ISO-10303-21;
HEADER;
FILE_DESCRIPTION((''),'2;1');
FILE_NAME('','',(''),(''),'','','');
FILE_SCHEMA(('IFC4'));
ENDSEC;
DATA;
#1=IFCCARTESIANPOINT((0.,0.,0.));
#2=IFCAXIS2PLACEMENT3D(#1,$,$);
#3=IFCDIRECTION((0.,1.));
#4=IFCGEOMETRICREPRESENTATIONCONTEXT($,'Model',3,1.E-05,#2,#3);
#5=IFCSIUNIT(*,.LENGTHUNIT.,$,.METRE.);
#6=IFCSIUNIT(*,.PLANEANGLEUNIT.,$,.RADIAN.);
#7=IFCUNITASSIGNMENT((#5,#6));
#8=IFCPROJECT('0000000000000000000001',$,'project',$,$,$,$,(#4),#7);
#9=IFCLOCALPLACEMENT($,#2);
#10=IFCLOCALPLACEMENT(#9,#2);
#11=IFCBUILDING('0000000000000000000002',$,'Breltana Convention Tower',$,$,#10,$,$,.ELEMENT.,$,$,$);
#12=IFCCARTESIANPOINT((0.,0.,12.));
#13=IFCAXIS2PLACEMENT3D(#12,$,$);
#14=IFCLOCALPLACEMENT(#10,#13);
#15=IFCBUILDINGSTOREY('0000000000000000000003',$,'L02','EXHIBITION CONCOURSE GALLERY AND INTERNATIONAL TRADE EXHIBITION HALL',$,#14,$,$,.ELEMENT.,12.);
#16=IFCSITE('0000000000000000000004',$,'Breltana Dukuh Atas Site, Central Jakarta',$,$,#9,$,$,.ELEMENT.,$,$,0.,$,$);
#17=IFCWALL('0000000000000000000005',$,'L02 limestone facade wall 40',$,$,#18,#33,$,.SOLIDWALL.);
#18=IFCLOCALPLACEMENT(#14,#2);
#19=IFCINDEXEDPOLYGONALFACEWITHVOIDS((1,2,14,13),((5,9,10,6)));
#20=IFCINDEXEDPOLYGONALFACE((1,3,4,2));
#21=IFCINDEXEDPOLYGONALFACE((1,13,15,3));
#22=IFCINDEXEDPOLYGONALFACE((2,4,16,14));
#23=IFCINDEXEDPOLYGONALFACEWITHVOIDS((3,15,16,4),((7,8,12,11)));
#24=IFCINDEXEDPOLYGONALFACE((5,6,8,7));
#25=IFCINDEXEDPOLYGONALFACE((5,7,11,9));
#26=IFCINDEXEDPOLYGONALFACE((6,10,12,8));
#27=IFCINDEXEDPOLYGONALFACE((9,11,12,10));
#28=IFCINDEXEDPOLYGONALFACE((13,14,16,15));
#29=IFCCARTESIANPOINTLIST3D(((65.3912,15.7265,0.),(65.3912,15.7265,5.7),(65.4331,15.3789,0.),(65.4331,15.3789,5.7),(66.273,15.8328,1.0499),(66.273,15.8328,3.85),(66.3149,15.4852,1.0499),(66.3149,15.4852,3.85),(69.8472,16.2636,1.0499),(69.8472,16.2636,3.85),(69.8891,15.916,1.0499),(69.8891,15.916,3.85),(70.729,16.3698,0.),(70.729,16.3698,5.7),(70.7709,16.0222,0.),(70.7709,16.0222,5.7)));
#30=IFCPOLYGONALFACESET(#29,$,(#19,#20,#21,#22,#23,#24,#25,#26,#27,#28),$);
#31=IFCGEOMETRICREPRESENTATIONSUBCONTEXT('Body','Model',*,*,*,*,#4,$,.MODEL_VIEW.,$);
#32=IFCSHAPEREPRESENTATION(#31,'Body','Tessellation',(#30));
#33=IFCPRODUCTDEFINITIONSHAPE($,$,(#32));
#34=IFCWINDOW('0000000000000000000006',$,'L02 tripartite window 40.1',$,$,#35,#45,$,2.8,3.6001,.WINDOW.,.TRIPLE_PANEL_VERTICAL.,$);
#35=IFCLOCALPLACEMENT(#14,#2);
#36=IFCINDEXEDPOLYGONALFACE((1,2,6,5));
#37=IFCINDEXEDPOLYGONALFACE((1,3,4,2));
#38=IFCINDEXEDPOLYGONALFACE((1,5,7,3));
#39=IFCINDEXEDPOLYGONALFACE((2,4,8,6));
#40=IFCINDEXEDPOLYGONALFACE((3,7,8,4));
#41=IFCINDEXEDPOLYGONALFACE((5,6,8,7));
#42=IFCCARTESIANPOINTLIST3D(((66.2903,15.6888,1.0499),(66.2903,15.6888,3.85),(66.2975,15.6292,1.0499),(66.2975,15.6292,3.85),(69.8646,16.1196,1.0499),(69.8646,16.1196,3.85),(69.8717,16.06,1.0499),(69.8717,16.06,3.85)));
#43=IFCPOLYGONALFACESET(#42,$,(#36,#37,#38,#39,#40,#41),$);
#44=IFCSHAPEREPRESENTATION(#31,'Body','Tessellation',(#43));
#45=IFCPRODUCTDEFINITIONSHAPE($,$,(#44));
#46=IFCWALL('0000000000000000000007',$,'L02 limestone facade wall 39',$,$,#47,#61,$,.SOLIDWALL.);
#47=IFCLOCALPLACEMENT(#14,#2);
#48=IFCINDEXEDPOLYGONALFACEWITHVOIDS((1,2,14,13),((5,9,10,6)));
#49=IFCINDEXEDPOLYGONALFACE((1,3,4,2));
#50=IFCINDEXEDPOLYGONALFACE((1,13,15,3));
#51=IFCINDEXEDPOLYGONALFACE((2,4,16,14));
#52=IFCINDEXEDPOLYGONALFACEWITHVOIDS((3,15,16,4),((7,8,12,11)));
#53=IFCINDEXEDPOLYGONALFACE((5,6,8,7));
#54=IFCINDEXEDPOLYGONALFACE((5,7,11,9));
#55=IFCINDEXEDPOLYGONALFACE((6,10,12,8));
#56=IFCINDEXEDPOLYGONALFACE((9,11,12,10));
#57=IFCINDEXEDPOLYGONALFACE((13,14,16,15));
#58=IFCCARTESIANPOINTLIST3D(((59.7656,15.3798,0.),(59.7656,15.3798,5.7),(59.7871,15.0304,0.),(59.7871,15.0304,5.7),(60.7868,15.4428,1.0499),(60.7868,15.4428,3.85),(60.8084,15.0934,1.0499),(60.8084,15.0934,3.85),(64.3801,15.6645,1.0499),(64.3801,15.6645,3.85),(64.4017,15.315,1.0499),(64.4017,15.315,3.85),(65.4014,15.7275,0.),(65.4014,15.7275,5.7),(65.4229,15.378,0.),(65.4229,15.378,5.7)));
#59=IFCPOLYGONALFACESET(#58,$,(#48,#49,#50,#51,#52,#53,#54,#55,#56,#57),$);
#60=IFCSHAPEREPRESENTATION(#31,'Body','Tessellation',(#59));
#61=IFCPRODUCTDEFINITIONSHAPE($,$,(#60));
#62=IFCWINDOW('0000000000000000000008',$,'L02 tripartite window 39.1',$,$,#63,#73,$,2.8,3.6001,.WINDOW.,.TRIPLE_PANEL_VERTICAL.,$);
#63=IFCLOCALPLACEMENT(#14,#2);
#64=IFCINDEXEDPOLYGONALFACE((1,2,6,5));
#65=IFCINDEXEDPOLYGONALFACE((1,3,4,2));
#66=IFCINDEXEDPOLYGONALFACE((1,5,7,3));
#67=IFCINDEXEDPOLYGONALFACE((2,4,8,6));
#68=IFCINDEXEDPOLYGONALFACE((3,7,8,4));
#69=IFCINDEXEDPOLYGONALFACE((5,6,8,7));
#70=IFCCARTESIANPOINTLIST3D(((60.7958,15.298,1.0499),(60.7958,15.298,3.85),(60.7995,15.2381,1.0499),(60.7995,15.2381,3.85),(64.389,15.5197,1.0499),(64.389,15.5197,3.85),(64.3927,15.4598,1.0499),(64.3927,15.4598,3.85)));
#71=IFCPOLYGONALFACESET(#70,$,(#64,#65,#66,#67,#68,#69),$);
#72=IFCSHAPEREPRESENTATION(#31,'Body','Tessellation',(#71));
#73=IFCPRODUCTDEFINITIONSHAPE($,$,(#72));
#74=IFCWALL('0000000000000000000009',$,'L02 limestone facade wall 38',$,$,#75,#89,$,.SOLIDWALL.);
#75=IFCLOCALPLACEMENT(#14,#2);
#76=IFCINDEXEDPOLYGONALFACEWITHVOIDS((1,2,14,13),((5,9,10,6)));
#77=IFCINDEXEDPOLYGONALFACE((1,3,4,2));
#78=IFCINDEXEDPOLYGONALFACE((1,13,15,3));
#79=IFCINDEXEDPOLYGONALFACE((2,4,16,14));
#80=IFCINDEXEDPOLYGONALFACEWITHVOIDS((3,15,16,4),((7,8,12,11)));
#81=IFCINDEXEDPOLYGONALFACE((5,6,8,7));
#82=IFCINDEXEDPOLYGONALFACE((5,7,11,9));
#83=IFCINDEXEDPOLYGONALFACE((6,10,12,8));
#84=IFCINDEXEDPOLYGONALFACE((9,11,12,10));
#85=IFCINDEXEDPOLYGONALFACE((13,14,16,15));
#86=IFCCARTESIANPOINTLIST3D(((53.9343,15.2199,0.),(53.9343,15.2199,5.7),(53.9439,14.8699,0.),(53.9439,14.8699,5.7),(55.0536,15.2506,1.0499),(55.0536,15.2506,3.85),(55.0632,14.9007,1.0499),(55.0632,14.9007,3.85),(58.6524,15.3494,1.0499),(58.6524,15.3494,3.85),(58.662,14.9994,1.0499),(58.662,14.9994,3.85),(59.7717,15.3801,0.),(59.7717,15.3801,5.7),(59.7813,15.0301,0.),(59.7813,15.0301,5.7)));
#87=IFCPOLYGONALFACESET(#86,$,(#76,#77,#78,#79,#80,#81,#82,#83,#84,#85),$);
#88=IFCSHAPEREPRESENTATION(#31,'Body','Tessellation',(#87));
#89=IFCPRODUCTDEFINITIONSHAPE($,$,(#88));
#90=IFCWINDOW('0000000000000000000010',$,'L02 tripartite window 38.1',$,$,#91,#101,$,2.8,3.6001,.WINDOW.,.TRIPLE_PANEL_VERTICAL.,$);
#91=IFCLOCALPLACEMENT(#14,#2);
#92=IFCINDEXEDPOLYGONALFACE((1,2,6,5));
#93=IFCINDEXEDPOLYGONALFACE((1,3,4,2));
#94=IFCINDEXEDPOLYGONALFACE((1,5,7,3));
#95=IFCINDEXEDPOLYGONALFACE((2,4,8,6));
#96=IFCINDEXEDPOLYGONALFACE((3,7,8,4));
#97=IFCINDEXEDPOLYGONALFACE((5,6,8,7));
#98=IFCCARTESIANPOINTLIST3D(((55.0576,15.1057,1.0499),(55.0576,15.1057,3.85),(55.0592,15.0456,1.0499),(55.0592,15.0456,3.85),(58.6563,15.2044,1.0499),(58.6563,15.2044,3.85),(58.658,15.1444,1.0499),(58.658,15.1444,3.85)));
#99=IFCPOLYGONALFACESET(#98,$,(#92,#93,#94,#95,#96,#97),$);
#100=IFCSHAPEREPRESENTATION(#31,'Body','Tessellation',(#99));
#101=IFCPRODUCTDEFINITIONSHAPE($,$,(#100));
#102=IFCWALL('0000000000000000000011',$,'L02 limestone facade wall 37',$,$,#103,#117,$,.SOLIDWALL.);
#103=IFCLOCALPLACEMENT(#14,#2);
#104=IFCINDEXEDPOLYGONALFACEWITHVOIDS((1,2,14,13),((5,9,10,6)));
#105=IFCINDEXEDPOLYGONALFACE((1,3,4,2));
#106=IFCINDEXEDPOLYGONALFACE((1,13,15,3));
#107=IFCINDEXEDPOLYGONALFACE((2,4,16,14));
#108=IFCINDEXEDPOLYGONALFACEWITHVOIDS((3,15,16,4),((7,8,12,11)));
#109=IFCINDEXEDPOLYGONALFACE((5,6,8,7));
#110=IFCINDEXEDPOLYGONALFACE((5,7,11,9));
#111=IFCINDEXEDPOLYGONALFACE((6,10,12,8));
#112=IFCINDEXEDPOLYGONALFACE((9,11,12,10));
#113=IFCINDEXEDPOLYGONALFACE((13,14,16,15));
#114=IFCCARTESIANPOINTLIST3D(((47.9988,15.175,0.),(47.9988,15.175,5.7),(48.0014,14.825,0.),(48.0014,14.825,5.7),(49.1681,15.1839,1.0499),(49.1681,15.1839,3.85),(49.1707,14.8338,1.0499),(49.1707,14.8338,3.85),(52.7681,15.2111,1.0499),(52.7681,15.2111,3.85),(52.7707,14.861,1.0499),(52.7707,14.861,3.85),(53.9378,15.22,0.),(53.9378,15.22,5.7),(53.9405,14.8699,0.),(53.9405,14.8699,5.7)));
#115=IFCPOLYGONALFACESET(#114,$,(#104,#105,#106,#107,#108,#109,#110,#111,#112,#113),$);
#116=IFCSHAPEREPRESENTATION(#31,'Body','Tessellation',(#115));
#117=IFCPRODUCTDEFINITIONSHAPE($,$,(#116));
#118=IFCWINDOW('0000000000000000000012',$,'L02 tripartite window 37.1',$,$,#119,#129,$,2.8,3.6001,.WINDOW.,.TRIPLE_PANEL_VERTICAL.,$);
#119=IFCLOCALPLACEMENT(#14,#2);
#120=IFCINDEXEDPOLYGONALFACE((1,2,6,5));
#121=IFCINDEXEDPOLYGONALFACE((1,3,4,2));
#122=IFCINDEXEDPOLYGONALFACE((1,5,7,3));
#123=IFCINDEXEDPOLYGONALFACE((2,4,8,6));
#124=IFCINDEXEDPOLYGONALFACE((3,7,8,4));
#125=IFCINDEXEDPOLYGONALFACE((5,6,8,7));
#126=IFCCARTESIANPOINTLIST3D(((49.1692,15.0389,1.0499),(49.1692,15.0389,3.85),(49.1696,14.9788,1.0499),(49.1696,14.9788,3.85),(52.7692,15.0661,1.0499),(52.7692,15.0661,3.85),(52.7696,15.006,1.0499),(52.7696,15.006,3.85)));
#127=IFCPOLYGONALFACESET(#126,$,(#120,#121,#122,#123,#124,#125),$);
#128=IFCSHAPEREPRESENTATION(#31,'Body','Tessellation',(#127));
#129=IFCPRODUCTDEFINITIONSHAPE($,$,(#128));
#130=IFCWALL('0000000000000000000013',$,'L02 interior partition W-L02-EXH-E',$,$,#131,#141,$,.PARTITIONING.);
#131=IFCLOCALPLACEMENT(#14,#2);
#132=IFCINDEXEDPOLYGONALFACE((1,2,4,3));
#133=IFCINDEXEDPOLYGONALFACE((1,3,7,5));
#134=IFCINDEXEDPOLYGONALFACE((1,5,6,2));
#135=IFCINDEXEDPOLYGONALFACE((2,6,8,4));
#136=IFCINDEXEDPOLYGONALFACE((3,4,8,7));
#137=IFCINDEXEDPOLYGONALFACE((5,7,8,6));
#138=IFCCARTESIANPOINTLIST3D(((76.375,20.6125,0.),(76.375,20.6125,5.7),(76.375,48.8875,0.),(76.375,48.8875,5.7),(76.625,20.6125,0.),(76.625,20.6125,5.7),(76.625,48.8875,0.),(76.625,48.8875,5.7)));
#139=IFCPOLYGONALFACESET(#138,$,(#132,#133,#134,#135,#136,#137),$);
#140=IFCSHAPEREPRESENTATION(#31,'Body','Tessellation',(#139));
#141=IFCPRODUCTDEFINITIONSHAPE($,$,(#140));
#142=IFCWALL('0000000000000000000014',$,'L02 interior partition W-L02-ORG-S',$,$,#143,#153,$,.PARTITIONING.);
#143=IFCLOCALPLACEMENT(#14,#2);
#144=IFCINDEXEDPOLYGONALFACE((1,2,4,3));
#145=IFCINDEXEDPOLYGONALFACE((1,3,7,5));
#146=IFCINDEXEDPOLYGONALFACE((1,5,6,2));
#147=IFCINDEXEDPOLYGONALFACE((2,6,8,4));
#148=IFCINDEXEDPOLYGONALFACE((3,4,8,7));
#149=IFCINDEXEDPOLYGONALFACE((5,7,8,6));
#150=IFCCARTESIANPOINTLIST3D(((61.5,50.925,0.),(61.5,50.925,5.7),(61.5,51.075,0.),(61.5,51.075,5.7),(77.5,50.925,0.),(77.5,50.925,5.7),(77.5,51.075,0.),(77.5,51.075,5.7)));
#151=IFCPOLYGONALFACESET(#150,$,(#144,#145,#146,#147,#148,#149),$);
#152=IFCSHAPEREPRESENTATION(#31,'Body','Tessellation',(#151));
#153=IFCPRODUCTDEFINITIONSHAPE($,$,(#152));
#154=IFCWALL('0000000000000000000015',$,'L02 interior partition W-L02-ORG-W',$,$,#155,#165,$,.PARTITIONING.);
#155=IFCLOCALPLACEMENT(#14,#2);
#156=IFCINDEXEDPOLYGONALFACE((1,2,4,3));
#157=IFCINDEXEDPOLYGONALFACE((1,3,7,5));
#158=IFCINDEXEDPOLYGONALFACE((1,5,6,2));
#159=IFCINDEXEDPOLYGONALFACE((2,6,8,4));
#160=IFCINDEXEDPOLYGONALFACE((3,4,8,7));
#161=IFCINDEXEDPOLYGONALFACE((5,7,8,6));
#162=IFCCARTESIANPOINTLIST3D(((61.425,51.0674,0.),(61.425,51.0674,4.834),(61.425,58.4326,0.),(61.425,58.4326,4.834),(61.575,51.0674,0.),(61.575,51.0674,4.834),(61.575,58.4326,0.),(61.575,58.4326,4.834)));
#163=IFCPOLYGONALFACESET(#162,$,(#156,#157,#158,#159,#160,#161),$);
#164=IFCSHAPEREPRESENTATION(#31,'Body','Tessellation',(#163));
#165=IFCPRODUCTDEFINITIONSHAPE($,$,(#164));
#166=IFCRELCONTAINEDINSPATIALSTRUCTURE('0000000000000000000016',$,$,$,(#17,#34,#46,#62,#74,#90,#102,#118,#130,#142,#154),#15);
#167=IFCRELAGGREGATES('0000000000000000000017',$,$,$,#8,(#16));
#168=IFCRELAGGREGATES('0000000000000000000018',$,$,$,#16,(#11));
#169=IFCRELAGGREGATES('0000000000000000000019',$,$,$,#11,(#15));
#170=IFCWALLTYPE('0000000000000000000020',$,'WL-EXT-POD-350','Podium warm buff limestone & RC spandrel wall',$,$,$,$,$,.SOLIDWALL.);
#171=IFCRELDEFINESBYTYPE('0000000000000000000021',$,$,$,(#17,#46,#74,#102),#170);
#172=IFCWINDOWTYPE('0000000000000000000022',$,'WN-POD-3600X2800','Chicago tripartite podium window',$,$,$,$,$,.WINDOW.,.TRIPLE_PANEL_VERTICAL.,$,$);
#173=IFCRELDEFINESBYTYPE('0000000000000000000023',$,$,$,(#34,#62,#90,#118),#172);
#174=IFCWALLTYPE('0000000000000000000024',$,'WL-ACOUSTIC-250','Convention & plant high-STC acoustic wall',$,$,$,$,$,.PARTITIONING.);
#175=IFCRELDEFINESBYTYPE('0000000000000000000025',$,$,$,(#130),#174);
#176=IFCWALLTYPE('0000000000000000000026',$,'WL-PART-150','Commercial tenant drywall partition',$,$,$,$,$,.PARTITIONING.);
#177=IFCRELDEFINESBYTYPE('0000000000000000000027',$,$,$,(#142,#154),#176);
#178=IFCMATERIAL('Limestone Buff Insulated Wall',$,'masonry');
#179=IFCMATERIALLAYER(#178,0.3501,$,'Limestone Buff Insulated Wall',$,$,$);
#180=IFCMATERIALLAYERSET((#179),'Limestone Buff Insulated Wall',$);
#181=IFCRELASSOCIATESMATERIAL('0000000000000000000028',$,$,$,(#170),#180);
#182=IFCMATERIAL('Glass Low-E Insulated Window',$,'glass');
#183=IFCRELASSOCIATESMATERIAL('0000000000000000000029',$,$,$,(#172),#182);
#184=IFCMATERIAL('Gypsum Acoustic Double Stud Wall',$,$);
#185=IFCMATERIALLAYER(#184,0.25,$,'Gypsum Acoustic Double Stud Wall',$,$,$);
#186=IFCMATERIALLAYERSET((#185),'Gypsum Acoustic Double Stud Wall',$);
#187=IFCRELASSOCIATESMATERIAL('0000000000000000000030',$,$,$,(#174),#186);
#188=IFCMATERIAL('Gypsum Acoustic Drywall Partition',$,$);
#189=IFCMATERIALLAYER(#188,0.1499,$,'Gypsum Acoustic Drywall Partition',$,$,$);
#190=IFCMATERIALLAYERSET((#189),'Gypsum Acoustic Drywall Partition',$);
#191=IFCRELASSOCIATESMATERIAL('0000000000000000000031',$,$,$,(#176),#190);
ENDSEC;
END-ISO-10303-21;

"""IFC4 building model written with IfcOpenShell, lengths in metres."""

from ifc_helpers import new_model, si_unit, direction, frame, frame_2d, origin, place, context, subcontext, project, spatial, rectangle, extrude, source, transform, mapped, material, layer, layer_set, type_object, type_shapes, element, fill, save


model = new_model("IFC4")

# Units and contexts
model_context = context("Model", 3, precision=1e-05, world=origin(), true_north=direction((0.0, 1.0)))
body_context = subcontext(model_context, "Body", "Model", "MODEL_VIEW")
ifc_project = project(units=[si_unit("LENGTHUNIT", "METRE"), si_unit("PLANEANGLEUNIT", "RADIAN")], contexts=[model_context])

# Site, building, storey
site_placement = place(None, origin())
site = spatial("IfcSite", under=ifc_project, at=site_placement, Name="Breltana Dukuh Atas Site, Central Jakarta", CompositionType="ELEMENT", RefElevation=0.0)
building_placement = place(site_placement, origin())
building = spatial("IfcBuilding", under=site, at=building_placement, Name="Breltana Convention Tower", CompositionType="ELEMENT")
storey_placement = place(building_placement, frame((0.0, 0.0, 12.0)))
storey = spatial("IfcBuildingStorey", under=building, at=storey_placement, Name="L02", Description="EXHIBITION CONCOURSE GALLERY AND INTERNATIONAL TRADE EXHIBITION HALL", CompositionType="ELEMENT", Elevation=12.0)

# Shared definitions
ifc_material_1 = material(Name="Limestone Buff Insulated Wall", Category="masonry")
ifc_layer_1 = layer(ifc_material_1, 0.3501, Name="Limestone Buff Insulated Wall")
ifc_layer_set_1 = layer_set([ifc_layer_1], Name="Limestone Buff Insulated Wall")
wall_type_1 = type_object("IfcWallType", Name="WL-EXT-POD-350", Description="Podium warm buff limestone & RC spandrel wall", PredefinedType="SOLIDWALL", material=ifc_layer_set_1)

# Walls, openings, windows
shared_shape_1 = source(origin(), body_context, "Body", "SweptSolid", [
    extrude(rectangle(XDim=5.3765, YDim=0.3501, at=frame_2d((2.6882, 0.0))), origin(), (0.0, 0.0, 1.0), 5.7),
])
wall_1_placement = place(storey_placement, frame((65.4121, 15.5527, 0.0), z_axis=(0.0, 0.0, 1.0), x_axis=(0.992816, 0.119652, 0.0)))
wall_1 = element("IfcWall", 1, at=wall_1_placement, inside=storey, type_object=wall_type_1, Name="L02 limestone facade wall 40", PredefinedType="SOLIDWALL", context=body_context, shape_type="MappedRepresentation", body=[
    mapped(shared_shape_1, transform((0.0, 0.0, 0.0), scale=1.0)),
])
opening_1_placement = place(wall_1_placement, frame((0.8882, 0.0, 1.05)))
opening_1 = element("IfcOpeningElement", 2, at=opening_1_placement, cuts=wall_1, PredefinedType="OPENING", context=body_context, shape_type="SweptSolid", body=[
    extrude(rectangle(XDim=3.6001, YDim=2.8, at=frame_2d((1.8, 1.3999))), frame((0.0, 0.1851, 0.0), z_axis=(0.0, -1.0, 0.0), x_axis=(1.0, 0.0, 0.0)), (0.0, 0.0, 1.0), 0.3701),
])
ifc_material_2 = material(Name="Glass Low-E Insulated Window", Category="glass")
window_type = type_object("IfcWindowType", Name="WN-POD-3600X2800", Description="Chicago tripartite podium window", PartitioningType="TRIPLE_PANEL_VERTICAL", PredefinedType="WINDOW", material=ifc_material_2)
shared_shape_2 = source(origin(), body_context, "Body", "SweptSolid", [
    extrude(rectangle(XDim=3.6001, YDim=2.8, at=frame_2d((1.8, 1.3999))), frame((0.0, 0.03, 0.0), z_axis=(0.0, -1.0, 0.0), x_axis=(1.0, 0.0, 0.0)), (0.0, 0.0, 1.0), 0.0601),
])
type_shapes(window_type, [shared_shape_2])
window_1_placement = place(opening_1_placement, origin())
window_1 = element("IfcWindow", 3, at=window_1_placement, inside=storey, type_object=window_type, Name="L02 tripartite window 40.1", OverallHeight=2.8, OverallWidth=3.6001, PartitioningType="TRIPLE_PANEL_VERTICAL", PredefinedType="WINDOW", context=body_context, shape_type="MappedRepresentation", body=[
    mapped(shared_shape_2, transform((0.0, 0.0, 0.0), scale=1.0)),
])
fill(opening_1, window_1)
shared_shape_3 = source(origin(), body_context, "Body", "SweptSolid", [
    extrude(rectangle(XDim=5.6465, YDim=0.3501, at=frame_2d((2.8232, 0.0))), origin(), (0.0, 0.0, 1.0), 5.7),
])
wall_2_placement = place(storey_placement, frame((59.7764, 15.2051, 0.0), z_axis=(0.0, 0.0, 1.0), x_axis=(0.998103, 0.061571, 0.0)))
wall_2 = element("IfcWall", 4, at=wall_2_placement, inside=storey, type_object=wall_type_1, Name="L02 limestone facade wall 39", PredefinedType="SOLIDWALL", context=body_context, shape_type="MappedRepresentation", body=[
    mapped(shared_shape_3, transform((0.0, 0.0, 0.0), scale=1.0)),
])
opening_2_placement = place(wall_2_placement, frame((1.0232, 0.0, 1.05)))
opening_2 = element("IfcOpeningElement", 5, at=opening_2_placement, cuts=wall_2, PredefinedType="OPENING", context=body_context, shape_type="SweptSolid", body=[
    extrude(rectangle(XDim=3.6001, YDim=2.8, at=frame_2d((1.8, 1.3999))), frame((0.0, 0.1851, 0.0), z_axis=(0.0, -1.0, 0.0), x_axis=(1.0, 0.0, 0.0)), (0.0, 0.0, 1.0), 0.3701),
])
window_2_placement = place(opening_2_placement, origin())
window_2 = element("IfcWindow", 6, at=window_2_placement, inside=storey, type_object=window_type, Name="L02 tripartite window 39.1", OverallHeight=2.8, OverallWidth=3.6001, PartitioningType="TRIPLE_PANEL_VERTICAL", PredefinedType="WINDOW", context=body_context, shape_type="MappedRepresentation", body=[
    mapped(shared_shape_2, transform((0.0, 0.0, 0.0), scale=1.0)),
])
fill(opening_2, window_2)
shared_shape_4 = source(origin(), body_context, "Body", "SweptSolid", [
    extrude(rectangle(XDim=5.8396, YDim=0.3501, at=frame_2d((2.9199, 0.0))), origin(), (0.0, 0.0, 1.0), 5.7),
])
wall_3_placement = place(storey_placement, frame((53.939, 15.0449, 0.0), z_axis=(0.0, 0.0, 1.0), x_axis=(0.999624, 0.027426, 0.0)))
wall_3 = element("IfcWall", 7, at=wall_3_placement, inside=storey, type_object=wall_type_1, Name="L02 limestone facade wall 38", PredefinedType="SOLIDWALL", context=body_context, shape_type="MappedRepresentation", body=[
    mapped(shared_shape_4, transform((0.0, 0.0, 0.0), scale=1.0)),
])
opening_3_placement = place(wall_3_placement, frame((1.1199, 0.0, 1.05)))
opening_3 = element("IfcOpeningElement", 8, at=opening_3_placement, cuts=wall_3, PredefinedType="OPENING", context=body_context, shape_type="SweptSolid", body=[
    extrude(rectangle(XDim=3.6001, YDim=2.8, at=frame_2d((1.8, 1.3999))), frame((0.0, 0.1851, 0.0), z_axis=(0.0, -1.0, 0.0), x_axis=(1.0, 0.0, 0.0)), (0.0, 0.0, 1.0), 0.3701),
])
window_3_placement = place(opening_3_placement, origin())
window_3 = element("IfcWindow", 9, at=window_3_placement, inside=storey, type_object=window_type, Name="L02 tripartite window 38.1", OverallHeight=2.8, OverallWidth=3.6001, PartitioningType="TRIPLE_PANEL_VERTICAL", PredefinedType="WINDOW", context=body_context, shape_type="MappedRepresentation", body=[
    mapped(shared_shape_2, transform((0.0, 0.0, 0.0), scale=1.0)),
])
fill(opening_3, window_3)
shared_shape_5 = source(origin(), body_context, "Body", "SweptSolid", [
    extrude(rectangle(XDim=5.9392, YDim=0.3501, at=frame_2d((2.9697, 0.0))), origin(), (0.0, 0.0, 1.0), 5.7),
])
wall_4_placement = place(storey_placement, frame((48.0, 15.0, 0.0), z_axis=(0.0, 0.0, 1.0), x_axis=(0.999971, 0.007564, 0.0)))
wall_4 = element("IfcWall", 10, at=wall_4_placement, inside=storey, type_object=wall_type_1, Name="L02 limestone facade wall 37", PredefinedType="SOLIDWALL", context=body_context, shape_type="MappedRepresentation", body=[
    mapped(shared_shape_5, transform((0.0, 0.0, 0.0), scale=1.0)),
])
opening_4_placement = place(wall_4_placement, frame((1.1694, 0.0, 1.05)))
opening_4 = element("IfcOpeningElement", 11, at=opening_4_placement, cuts=wall_4, PredefinedType="OPENING", context=body_context, shape_type="SweptSolid", body=[
    extrude(rectangle(XDim=3.6001, YDim=2.8, at=frame_2d((1.8, 1.3999))), frame((0.0, 0.1851, 0.0), z_axis=(0.0, -1.0, 0.0), x_axis=(1.0, 0.0, 0.0)), (0.0, 0.0, 1.0), 0.3701),
])
window_4_placement = place(opening_4_placement, origin())
window_4 = element("IfcWindow", 12, at=window_4_placement, inside=storey, type_object=window_type, Name="L02 tripartite window 37.1", OverallHeight=2.8, OverallWidth=3.6001, PartitioningType="TRIPLE_PANEL_VERTICAL", PredefinedType="WINDOW", context=body_context, shape_type="MappedRepresentation", body=[
    mapped(shared_shape_2, transform((0.0, 0.0, 0.0), scale=1.0)),
])
fill(opening_4, window_4)

# Walls
ifc_material_3 = material(Name="Gypsum Acoustic Double Stud Wall")
ifc_layer_2 = layer(ifc_material_3, 0.25, Name="Gypsum Acoustic Double Stud Wall")
ifc_layer_set_2 = layer_set([ifc_layer_2], Name="Gypsum Acoustic Double Stud Wall")
wall_type_2 = type_object("IfcWallType", Name="WL-ACOUSTIC-250", Description="Convention & plant high-STC acoustic wall", PredefinedType="PARTITIONING", material=ifc_layer_set_2)
shared_shape_6 = source(origin(), body_context, "Body", "SweptSolid", [
    extrude(rectangle(XDim=28.2749, YDim=0.25, at=frame_2d((14.1375, 0.0))), origin(), (0.0, 0.0, 1.0), 5.7),
])
wall_5_placement = place(storey_placement, frame((76.5, 20.6125, 0.0), z_axis=(0.0, 0.0, 1.0), x_axis=(0.0, 1.0, 0.0)))
element("IfcWall", 13, at=wall_5_placement, inside=storey, type_object=wall_type_2, Name="L02 interior partition W-L02-EXH-E", PredefinedType="PARTITIONING", context=body_context, shape_type="MappedRepresentation", body=[
    mapped(shared_shape_6, transform((0.0, 0.0, 0.0), scale=1.0)),
])
ifc_material_4 = material(Name="Gypsum Acoustic Drywall Partition")
ifc_layer_3 = layer(ifc_material_4, 0.1499, Name="Gypsum Acoustic Drywall Partition")
ifc_layer_set_3 = layer_set([ifc_layer_3], Name="Gypsum Acoustic Drywall Partition")
wall_type_3 = type_object("IfcWallType", Name="WL-PART-150", Description="Commercial tenant drywall partition", PredefinedType="PARTITIONING", material=ifc_layer_set_3)
shared_shape_7 = source(origin(), body_context, "Body", "SweptSolid", [
    extrude(rectangle(XDim=16.0, YDim=0.1499, at=frame_2d((8.0, 0.0))), origin(), (0.0, 0.0, 1.0), 5.7),
])
wall_6_placement = place(storey_placement, frame((61.5, 51.0, 0.0), z_axis=(0.0, 0.0, 1.0), x_axis=(1.0, 0.0, 0.0)))
element("IfcWall", 14, at=wall_6_placement, inside=storey, type_object=wall_type_3, Name="L02 interior partition W-L02-ORG-S", PredefinedType="PARTITIONING", context=body_context, shape_type="MappedRepresentation", body=[
    mapped(shared_shape_7, transform((0.0, 0.0, 0.0), scale=1.0)),
])
shared_shape_8 = source(origin(), body_context, "Body", "SweptSolid", [
    extrude(rectangle(XDim=7.3652, YDim=0.1499, at=frame_2d((3.6826, 0.0))), origin(), (0.0, 0.0, 1.0), 4.834),
])
wall_7_placement = place(storey_placement, frame((61.5, 51.0674, 0.0), z_axis=(0.0, 0.0, 1.0), x_axis=(0.0, 1.0, 0.0)))
element("IfcWall", 15, at=wall_7_placement, inside=storey, type_object=wall_type_3, Name="L02 interior partition W-L02-ORG-W", PredefinedType="PARTITIONING", context=body_context, shape_type="MappedRepresentation", body=[
    mapped(shared_shape_8, transform((0.0, 0.0, 0.0), scale=1.0)),
])

save(model, "model.ifc")
